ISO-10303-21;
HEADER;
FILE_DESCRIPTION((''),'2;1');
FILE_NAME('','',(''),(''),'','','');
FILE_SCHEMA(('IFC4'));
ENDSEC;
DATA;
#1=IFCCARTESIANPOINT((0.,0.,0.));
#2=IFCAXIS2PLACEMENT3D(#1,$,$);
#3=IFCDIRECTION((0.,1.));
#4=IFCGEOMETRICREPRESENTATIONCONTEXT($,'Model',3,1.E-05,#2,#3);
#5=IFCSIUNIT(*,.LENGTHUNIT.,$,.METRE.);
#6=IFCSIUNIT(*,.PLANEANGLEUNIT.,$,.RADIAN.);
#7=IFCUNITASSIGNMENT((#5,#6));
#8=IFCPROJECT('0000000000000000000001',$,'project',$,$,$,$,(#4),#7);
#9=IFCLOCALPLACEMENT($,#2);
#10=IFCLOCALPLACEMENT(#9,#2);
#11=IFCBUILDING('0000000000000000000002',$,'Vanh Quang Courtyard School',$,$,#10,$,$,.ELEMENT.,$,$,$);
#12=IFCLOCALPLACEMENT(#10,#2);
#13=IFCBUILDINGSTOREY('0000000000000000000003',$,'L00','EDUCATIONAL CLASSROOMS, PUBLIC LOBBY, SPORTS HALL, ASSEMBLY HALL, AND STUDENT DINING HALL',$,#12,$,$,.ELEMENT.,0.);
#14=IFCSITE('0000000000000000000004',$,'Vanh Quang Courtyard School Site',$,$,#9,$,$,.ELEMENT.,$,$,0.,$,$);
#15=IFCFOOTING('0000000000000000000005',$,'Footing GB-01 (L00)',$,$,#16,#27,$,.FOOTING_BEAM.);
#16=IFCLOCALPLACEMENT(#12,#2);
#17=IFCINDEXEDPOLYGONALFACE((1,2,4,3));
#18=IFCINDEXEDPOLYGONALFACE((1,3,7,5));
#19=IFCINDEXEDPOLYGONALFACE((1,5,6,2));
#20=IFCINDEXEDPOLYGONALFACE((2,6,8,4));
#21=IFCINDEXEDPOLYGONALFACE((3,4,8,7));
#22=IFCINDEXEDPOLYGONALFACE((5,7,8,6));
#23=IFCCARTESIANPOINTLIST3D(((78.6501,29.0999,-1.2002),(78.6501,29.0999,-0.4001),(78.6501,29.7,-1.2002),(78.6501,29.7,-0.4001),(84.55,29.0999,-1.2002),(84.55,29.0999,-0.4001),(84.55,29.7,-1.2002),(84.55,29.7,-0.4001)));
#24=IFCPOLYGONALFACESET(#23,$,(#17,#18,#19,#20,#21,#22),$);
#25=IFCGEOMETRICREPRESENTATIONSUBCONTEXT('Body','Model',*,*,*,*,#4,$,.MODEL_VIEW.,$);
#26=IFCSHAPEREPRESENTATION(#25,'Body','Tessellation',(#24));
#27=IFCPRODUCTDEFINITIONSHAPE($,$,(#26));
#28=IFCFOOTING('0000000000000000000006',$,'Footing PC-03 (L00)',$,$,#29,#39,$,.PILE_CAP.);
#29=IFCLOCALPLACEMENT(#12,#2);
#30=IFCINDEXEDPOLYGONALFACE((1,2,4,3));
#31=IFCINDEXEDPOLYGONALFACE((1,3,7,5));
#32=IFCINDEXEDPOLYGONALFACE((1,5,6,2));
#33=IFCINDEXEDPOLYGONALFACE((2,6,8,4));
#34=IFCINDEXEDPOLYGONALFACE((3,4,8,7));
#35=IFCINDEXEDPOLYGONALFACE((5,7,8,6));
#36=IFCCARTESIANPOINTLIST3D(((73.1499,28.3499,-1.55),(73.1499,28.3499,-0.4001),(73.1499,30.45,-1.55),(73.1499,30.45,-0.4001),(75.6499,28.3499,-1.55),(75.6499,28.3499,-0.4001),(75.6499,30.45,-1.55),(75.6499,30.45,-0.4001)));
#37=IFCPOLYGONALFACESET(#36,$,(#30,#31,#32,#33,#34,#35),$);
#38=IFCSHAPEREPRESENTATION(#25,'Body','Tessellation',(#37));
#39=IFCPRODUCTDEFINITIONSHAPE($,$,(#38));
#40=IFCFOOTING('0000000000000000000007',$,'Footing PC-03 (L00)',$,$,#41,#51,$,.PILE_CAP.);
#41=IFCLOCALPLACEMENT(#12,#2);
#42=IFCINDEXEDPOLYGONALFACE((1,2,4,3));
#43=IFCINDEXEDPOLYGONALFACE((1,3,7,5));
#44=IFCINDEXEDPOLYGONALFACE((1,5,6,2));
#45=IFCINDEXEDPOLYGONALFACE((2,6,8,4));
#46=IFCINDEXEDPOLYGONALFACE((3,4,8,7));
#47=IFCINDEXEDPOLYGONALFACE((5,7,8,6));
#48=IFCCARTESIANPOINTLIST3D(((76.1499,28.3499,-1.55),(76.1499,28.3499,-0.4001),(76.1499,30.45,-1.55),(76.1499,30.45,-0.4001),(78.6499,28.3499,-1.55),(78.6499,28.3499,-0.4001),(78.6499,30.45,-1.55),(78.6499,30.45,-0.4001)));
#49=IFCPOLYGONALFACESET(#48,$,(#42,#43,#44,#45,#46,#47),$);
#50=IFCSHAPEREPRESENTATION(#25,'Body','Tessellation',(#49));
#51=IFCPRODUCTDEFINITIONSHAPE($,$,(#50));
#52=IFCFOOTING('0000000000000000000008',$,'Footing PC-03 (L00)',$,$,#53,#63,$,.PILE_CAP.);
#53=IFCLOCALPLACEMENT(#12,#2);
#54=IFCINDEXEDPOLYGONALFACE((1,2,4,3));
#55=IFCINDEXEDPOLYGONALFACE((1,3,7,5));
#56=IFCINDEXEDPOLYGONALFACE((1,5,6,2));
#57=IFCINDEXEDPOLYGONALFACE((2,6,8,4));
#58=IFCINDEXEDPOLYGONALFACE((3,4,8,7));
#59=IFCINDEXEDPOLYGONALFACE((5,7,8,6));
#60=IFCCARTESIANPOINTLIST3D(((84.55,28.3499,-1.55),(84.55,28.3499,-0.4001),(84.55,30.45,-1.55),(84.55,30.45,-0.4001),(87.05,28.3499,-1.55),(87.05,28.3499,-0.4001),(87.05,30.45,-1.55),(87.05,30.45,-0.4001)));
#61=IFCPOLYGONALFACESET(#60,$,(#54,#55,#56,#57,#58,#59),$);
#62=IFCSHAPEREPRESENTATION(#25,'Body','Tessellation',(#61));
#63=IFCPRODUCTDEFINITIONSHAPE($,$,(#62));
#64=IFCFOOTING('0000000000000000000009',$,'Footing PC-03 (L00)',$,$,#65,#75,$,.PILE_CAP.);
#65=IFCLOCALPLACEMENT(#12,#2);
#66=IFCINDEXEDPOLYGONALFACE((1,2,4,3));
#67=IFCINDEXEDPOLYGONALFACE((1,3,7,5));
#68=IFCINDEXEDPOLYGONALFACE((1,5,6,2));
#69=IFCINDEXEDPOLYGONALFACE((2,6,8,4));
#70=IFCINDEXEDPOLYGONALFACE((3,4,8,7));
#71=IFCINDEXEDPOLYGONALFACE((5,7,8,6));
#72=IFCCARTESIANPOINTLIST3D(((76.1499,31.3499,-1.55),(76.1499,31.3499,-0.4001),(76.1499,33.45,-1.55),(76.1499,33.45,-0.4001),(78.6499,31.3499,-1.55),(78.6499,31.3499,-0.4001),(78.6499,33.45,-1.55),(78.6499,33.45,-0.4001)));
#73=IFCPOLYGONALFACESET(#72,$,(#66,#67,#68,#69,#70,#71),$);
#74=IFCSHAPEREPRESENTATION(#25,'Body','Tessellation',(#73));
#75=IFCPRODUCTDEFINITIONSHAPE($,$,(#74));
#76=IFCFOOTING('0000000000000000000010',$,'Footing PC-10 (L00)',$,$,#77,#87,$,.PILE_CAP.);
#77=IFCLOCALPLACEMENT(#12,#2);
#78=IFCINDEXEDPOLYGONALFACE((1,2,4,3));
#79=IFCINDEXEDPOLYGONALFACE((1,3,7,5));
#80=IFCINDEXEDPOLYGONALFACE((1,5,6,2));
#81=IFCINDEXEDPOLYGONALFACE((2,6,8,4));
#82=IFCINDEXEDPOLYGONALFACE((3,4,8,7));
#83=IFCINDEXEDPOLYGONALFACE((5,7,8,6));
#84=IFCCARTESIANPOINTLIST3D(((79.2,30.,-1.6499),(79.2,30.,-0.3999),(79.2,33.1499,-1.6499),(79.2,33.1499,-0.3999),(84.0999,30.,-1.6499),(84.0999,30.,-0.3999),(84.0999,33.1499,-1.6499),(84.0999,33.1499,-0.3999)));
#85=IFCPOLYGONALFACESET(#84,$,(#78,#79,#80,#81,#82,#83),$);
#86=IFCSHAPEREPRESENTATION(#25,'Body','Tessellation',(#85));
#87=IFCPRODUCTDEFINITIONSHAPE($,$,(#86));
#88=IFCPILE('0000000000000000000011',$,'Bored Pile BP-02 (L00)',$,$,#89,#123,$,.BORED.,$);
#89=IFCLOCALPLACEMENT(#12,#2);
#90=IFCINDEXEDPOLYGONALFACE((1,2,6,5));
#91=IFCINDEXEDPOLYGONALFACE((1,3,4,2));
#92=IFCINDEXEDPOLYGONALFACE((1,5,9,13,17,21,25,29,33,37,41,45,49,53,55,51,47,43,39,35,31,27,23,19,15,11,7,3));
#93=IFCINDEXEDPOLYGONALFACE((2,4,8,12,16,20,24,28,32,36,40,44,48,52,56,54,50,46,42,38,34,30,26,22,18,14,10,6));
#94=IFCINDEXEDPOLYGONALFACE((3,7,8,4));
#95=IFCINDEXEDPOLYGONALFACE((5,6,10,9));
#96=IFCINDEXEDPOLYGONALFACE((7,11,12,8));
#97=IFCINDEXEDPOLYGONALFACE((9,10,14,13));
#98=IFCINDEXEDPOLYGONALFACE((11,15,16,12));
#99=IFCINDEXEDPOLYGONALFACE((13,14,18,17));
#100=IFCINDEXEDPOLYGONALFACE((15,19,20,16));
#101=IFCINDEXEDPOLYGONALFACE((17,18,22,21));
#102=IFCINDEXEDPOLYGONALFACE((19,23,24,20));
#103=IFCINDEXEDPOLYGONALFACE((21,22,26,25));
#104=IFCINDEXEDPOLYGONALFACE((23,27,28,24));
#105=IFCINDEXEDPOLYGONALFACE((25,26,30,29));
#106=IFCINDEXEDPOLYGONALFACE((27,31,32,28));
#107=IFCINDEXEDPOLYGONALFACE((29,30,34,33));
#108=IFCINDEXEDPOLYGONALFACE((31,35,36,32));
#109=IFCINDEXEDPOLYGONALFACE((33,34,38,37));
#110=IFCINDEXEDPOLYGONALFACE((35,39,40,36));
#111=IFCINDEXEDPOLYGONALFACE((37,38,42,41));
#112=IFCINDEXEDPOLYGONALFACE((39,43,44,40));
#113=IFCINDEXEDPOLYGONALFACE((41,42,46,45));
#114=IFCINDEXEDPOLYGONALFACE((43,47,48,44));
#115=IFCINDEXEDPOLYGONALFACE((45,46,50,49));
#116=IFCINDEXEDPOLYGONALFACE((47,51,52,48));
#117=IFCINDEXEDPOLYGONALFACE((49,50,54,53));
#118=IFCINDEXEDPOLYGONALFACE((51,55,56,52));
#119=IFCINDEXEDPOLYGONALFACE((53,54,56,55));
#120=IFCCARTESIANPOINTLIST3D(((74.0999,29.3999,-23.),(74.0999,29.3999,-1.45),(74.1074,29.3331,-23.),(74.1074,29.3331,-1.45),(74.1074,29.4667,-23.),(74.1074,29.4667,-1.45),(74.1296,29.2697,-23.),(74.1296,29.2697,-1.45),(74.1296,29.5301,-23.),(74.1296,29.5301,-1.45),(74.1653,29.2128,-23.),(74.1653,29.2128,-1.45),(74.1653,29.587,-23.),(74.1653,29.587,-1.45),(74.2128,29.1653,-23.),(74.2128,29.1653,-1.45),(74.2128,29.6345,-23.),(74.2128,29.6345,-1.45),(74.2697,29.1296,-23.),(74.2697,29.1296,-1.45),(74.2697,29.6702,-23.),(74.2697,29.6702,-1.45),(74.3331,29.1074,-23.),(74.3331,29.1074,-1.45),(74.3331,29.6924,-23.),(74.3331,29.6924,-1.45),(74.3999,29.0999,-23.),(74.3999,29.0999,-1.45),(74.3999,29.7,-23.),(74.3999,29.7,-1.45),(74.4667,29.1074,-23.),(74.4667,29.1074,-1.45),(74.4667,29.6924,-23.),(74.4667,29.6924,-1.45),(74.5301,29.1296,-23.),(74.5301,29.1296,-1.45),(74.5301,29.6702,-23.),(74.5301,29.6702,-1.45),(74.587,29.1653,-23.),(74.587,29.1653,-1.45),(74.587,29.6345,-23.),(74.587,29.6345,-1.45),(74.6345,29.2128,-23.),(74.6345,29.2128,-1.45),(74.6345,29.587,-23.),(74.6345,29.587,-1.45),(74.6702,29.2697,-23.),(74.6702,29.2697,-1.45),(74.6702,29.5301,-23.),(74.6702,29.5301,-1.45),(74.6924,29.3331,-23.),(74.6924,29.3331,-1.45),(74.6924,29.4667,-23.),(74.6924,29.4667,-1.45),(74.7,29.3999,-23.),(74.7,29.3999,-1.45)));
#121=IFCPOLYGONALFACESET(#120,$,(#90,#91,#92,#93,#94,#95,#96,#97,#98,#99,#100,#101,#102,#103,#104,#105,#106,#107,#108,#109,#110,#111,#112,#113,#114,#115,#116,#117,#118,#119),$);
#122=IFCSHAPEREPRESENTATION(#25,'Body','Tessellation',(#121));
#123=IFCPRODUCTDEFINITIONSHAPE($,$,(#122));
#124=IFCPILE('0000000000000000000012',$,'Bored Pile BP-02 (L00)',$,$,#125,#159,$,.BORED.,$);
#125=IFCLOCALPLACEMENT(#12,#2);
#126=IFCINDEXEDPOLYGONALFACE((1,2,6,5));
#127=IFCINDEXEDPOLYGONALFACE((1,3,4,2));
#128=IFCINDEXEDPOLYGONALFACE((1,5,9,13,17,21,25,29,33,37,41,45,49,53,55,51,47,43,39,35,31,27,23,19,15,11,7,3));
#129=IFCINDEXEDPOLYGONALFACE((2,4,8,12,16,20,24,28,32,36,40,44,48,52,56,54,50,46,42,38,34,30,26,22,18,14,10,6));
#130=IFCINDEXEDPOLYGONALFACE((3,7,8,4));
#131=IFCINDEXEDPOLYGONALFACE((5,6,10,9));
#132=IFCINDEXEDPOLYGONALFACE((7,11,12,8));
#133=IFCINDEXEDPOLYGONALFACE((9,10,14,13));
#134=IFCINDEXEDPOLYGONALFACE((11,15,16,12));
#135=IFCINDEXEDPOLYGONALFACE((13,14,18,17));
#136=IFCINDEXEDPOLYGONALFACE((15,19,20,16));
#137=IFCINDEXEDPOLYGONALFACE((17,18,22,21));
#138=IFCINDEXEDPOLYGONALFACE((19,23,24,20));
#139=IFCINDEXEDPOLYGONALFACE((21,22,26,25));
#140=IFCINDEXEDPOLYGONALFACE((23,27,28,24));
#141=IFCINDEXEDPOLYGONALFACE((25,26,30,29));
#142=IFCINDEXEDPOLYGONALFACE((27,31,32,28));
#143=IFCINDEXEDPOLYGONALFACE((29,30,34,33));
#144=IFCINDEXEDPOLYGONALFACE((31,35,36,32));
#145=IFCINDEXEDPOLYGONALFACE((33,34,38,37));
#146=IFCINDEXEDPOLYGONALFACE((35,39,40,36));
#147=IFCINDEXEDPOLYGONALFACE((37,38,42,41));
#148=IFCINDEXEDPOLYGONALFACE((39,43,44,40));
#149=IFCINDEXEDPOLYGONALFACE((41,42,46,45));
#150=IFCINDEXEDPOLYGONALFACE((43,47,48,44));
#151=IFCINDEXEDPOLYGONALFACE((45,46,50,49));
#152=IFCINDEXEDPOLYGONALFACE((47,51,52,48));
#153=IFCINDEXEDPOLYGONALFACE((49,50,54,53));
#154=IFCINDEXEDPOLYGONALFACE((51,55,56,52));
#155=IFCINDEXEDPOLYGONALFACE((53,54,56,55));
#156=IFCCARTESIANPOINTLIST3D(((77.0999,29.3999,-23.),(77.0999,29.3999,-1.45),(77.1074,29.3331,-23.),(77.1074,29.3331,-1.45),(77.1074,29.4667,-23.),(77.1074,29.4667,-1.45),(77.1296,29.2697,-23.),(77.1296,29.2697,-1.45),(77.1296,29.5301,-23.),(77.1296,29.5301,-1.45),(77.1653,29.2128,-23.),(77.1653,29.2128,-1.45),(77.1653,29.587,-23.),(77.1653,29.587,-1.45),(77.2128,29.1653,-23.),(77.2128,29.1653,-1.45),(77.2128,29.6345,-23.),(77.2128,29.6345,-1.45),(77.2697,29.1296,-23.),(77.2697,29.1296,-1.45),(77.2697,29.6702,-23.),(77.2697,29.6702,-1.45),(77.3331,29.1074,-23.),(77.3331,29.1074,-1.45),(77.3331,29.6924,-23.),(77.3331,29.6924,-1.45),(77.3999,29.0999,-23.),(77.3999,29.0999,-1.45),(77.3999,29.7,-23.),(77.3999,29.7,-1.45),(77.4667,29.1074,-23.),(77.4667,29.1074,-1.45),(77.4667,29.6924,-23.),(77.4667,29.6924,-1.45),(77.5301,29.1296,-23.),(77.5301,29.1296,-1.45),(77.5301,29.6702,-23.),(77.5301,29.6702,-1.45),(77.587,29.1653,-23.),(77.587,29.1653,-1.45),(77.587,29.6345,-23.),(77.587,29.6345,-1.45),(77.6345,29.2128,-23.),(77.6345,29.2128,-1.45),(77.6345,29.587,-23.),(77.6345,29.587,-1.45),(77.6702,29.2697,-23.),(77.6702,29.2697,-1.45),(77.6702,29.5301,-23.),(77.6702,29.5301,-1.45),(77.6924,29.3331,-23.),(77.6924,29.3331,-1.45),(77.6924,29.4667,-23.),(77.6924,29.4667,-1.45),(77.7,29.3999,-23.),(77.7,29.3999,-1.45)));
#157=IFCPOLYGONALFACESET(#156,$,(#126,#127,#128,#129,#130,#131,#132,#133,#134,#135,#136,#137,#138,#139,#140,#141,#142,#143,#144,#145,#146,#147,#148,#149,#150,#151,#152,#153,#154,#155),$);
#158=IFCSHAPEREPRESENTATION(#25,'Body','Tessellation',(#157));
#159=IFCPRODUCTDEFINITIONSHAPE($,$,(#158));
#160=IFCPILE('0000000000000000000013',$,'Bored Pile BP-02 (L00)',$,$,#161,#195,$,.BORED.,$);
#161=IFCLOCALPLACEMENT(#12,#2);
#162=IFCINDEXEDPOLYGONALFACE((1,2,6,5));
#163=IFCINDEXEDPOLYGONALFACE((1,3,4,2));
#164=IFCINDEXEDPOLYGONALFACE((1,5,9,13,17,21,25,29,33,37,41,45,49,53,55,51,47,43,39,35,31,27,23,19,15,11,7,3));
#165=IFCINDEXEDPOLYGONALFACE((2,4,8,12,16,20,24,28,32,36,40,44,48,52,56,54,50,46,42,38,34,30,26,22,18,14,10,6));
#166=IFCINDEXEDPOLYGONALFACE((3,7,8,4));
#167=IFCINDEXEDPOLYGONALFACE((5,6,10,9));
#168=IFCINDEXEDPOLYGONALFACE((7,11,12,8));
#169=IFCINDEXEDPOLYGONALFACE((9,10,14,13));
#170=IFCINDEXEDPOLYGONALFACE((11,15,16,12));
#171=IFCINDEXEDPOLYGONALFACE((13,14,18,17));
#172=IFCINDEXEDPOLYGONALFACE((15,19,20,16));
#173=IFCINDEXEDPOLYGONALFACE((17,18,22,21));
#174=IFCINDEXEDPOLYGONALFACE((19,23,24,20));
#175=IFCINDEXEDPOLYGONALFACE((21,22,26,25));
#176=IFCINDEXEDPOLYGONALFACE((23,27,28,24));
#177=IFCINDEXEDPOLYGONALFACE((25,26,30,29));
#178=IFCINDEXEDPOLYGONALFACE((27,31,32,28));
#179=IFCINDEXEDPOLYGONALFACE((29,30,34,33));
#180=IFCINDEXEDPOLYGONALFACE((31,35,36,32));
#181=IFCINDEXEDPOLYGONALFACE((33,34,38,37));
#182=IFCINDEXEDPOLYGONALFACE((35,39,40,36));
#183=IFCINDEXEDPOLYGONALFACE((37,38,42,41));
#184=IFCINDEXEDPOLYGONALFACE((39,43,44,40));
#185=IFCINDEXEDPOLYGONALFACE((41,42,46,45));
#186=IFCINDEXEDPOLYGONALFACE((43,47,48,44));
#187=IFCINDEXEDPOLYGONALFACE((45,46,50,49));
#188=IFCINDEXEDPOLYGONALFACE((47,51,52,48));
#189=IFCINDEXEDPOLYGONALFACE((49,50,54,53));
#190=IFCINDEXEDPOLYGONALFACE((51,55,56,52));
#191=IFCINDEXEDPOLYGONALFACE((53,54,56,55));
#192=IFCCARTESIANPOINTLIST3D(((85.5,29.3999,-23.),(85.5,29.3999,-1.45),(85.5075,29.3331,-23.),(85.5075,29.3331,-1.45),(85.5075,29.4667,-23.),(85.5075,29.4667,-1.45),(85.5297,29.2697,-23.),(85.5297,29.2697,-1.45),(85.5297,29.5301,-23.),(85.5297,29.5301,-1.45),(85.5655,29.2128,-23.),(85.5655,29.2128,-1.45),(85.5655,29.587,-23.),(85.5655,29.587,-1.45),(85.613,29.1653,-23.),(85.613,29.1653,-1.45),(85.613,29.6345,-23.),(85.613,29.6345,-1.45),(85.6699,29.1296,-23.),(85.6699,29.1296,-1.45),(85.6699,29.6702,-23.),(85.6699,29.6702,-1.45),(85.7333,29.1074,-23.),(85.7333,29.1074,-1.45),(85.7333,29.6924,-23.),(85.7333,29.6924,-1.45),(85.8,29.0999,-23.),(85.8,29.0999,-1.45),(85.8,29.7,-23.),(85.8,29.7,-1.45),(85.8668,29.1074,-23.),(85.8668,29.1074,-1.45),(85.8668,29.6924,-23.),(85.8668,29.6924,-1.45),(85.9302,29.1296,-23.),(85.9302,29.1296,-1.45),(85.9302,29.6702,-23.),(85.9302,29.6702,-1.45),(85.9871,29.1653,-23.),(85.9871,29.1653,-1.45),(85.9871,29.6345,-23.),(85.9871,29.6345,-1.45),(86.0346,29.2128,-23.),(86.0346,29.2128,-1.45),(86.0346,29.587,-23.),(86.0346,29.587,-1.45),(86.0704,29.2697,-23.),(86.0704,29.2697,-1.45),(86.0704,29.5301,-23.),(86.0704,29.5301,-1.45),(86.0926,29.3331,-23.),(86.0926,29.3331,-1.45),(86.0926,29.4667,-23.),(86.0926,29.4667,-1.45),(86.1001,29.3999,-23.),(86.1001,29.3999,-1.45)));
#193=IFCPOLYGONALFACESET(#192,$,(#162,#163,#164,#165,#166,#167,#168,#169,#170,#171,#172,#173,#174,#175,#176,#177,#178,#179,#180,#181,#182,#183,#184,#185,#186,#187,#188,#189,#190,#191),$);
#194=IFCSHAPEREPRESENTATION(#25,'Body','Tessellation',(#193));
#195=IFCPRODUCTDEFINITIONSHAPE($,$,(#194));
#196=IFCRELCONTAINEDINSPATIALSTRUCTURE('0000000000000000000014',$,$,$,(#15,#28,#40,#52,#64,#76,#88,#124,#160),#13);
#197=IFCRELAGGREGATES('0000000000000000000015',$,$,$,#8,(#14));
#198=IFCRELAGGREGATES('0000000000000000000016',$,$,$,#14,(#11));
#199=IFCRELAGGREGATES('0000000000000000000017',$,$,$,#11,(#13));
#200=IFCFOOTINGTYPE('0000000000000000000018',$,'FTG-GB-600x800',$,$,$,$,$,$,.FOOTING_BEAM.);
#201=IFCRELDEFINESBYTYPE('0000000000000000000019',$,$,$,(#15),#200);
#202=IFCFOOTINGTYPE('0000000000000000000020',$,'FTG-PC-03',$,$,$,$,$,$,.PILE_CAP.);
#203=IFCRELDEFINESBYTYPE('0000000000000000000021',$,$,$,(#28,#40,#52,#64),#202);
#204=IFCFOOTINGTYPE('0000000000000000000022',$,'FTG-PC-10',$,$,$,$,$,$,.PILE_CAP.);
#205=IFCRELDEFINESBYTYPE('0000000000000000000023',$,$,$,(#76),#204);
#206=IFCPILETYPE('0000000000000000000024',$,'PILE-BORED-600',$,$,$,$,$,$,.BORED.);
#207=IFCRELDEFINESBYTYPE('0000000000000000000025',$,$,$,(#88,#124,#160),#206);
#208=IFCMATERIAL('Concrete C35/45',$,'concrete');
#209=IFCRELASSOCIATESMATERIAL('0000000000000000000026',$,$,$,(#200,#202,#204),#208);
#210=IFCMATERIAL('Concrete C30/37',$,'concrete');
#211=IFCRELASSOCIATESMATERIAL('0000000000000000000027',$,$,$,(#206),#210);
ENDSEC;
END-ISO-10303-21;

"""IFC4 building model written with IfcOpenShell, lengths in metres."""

from ifc_helpers import new_model, si_unit, direction, frame, origin, origin_2d, place, context, subcontext, project, spatial, rectangle, circle, extrude, material, material_profile, profile_set, type_object, element, save


model = new_model("IFC4")

# Units and contexts
model_context = context("Model", 3, precision=1e-05, world=origin(), true_north=direction((0.0, 1.0)))
body_context = subcontext(model_context, "Body", "Model", "MODEL_VIEW")
ifc_project = project(units=[si_unit("LENGTHUNIT", "METRE"), si_unit("PLANEANGLEUNIT", "RADIAN")], contexts=[model_context])

# Site, building, storey
site_placement = place(None, origin())
site = spatial("IfcSite", under=ifc_project, at=site_placement, Name="Vanh Quang Courtyard School Site", CompositionType="ELEMENT", RefElevation=0.0)
building_placement = place(site_placement, origin())
building = spatial("IfcBuilding", under=site, at=building_placement, Name="Vanh Quang Courtyard School", CompositionType="ELEMENT")
storey_placement = place(building_placement, origin())
storey = spatial("IfcBuildingStorey", under=building, at=storey_placement, Name="L00", Description="EDUCATIONAL CLASSROOMS, PUBLIC LOBBY, SPORTS HALL, ASSEMBLY HALL, AND STUDENT DINING HALL", CompositionType="ELEMENT", Elevation=0.0)

# Footings
ifc_material_1 = material(Name="Concrete C35/45", Category="concrete")
footing_type_1 = type_object("IfcFootingType", Name="FTG-GB-600x800", PredefinedType="FOOTING_BEAM", material=ifc_material_1)
footing_1_placement = place(storey_placement, frame((81.6001, 29.3999, -1.2002), z_axis=(0.0, 0.0, 1.0), x_axis=(1.0, 0.0, 0.0)))
element("IfcFooting", 1, at=footing_1_placement, inside=storey, type_object=footing_type_1, Name="Footing GB-01 (L00)", PredefinedType="FOOTING_BEAM", context=body_context, shape_type="SweptSolid", body=[
    extrude(rectangle(XDim=5.8999, YDim=0.6001, at=origin_2d()), origin(), (0.0, 0.0, 1.0), 0.8),
])
footing_type_2 = type_object("IfcFootingType", Name="FTG-PC-03", PredefinedType="PILE_CAP", material=ifc_material_1)
for number, where, z_axis, x_axis, name in (
    (2, (74.3999, 29.3999, -1.55), (0.0, 0.0, 1.0), (1.0, 0.0, 0.0), "Footing PC-03 (L00)"),
    (3, (77.3999, 29.3999, -1.55), (0.0, 0.0, 1.0), (1.0, 0.0, 0.0), "Footing PC-03 (L00)"),
    (4, (85.8, 29.3999, -1.55), (0.0, 0.0, 1.0), (1.0, 0.0, 0.0), "Footing PC-03 (L00)"),
    (5, (77.3999, 32.3999, -1.55), (0.0, 0.0, 1.0), (1.0, 0.0, 0.0), "Footing PC-03 (L00)"),
):
    element("IfcFooting", number, at=place(storey_placement, frame(where, z_axis=z_axis, x_axis=x_axis)), inside=storey, type_object=footing_type_2, Name=name, PredefinedType="PILE_CAP", context=body_context, shape_type="SweptSolid", body=[
        extrude(rectangle(XDim=2.5, YDim=2.1001, at=origin_2d()), origin(), (0.0, 0.0, 1.0), 1.1499),
    ])
footing_type_3 = type_object("IfcFootingType", Name="FTG-PC-10", PredefinedType="PILE_CAP", material=ifc_material_1)
footing_2_placement = place(storey_placement, frame((81.6499, 31.575, -1.6499), z_axis=(0.0, 0.0, 1.0), x_axis=(1.0, 0.0, 0.0)))
element("IfcFooting", 6, at=footing_2_placement, inside=storey, type_object=footing_type_3, Name="Footing PC-10 (L00)", PredefinedType="PILE_CAP", context=body_context, shape_type="SweptSolid", body=[
    extrude(rectangle(XDim=4.8999, YDim=3.1499, at=origin_2d()), origin(), (0.0, 0.0, 1.0), 1.25),
])

# Piles
ifc_material_2 = material(Name="Concrete C30/37", Category="concrete")
ifc_material_profile_1 = material_profile(ifc_material_2, circle(Radius=0.3, at=origin_2d()), Name="PILE D600")
ifc_profile_set_1 = profile_set([ifc_material_profile_1], Name="Concrete C30/37")
pile_type_1 = type_object("IfcPileType", Name="PILE-BORED-600", PredefinedType="BORED", material=ifc_profile_set_1)
for number, where, z_axis, x_axis, name in (
    (7, (74.3999, 29.3999, -1.45), (0.0, 0.0, -1.0), (1.0, 0.0, 0.0), "Bored Pile BP-02 (L00)"),
    (8, (77.3999, 29.3999, -1.45), (0.0, 0.0, -1.0), (1.0, 0.0, 0.0), "Bored Pile BP-02 (L00)"),
    (9, (85.8, 29.3999, -1.45), (0.0, 0.0, -1.0), (1.0, 0.0, 0.0), "Bored Pile BP-02 (L00)"),
):
    element("IfcPile", number, at=place(storey_placement, frame(where, z_axis=z_axis, x_axis=x_axis)), inside=storey, type_object=pile_type_1, Name=name, PredefinedType="BORED", context=body_context, shape_type="SweptSolid", body=[
        extrude(circle(Radius=0.3, at=origin_2d()), origin(), (0.0, 0.0, 1.0), 21.55),
    ])

save(model, "model.ifc")
